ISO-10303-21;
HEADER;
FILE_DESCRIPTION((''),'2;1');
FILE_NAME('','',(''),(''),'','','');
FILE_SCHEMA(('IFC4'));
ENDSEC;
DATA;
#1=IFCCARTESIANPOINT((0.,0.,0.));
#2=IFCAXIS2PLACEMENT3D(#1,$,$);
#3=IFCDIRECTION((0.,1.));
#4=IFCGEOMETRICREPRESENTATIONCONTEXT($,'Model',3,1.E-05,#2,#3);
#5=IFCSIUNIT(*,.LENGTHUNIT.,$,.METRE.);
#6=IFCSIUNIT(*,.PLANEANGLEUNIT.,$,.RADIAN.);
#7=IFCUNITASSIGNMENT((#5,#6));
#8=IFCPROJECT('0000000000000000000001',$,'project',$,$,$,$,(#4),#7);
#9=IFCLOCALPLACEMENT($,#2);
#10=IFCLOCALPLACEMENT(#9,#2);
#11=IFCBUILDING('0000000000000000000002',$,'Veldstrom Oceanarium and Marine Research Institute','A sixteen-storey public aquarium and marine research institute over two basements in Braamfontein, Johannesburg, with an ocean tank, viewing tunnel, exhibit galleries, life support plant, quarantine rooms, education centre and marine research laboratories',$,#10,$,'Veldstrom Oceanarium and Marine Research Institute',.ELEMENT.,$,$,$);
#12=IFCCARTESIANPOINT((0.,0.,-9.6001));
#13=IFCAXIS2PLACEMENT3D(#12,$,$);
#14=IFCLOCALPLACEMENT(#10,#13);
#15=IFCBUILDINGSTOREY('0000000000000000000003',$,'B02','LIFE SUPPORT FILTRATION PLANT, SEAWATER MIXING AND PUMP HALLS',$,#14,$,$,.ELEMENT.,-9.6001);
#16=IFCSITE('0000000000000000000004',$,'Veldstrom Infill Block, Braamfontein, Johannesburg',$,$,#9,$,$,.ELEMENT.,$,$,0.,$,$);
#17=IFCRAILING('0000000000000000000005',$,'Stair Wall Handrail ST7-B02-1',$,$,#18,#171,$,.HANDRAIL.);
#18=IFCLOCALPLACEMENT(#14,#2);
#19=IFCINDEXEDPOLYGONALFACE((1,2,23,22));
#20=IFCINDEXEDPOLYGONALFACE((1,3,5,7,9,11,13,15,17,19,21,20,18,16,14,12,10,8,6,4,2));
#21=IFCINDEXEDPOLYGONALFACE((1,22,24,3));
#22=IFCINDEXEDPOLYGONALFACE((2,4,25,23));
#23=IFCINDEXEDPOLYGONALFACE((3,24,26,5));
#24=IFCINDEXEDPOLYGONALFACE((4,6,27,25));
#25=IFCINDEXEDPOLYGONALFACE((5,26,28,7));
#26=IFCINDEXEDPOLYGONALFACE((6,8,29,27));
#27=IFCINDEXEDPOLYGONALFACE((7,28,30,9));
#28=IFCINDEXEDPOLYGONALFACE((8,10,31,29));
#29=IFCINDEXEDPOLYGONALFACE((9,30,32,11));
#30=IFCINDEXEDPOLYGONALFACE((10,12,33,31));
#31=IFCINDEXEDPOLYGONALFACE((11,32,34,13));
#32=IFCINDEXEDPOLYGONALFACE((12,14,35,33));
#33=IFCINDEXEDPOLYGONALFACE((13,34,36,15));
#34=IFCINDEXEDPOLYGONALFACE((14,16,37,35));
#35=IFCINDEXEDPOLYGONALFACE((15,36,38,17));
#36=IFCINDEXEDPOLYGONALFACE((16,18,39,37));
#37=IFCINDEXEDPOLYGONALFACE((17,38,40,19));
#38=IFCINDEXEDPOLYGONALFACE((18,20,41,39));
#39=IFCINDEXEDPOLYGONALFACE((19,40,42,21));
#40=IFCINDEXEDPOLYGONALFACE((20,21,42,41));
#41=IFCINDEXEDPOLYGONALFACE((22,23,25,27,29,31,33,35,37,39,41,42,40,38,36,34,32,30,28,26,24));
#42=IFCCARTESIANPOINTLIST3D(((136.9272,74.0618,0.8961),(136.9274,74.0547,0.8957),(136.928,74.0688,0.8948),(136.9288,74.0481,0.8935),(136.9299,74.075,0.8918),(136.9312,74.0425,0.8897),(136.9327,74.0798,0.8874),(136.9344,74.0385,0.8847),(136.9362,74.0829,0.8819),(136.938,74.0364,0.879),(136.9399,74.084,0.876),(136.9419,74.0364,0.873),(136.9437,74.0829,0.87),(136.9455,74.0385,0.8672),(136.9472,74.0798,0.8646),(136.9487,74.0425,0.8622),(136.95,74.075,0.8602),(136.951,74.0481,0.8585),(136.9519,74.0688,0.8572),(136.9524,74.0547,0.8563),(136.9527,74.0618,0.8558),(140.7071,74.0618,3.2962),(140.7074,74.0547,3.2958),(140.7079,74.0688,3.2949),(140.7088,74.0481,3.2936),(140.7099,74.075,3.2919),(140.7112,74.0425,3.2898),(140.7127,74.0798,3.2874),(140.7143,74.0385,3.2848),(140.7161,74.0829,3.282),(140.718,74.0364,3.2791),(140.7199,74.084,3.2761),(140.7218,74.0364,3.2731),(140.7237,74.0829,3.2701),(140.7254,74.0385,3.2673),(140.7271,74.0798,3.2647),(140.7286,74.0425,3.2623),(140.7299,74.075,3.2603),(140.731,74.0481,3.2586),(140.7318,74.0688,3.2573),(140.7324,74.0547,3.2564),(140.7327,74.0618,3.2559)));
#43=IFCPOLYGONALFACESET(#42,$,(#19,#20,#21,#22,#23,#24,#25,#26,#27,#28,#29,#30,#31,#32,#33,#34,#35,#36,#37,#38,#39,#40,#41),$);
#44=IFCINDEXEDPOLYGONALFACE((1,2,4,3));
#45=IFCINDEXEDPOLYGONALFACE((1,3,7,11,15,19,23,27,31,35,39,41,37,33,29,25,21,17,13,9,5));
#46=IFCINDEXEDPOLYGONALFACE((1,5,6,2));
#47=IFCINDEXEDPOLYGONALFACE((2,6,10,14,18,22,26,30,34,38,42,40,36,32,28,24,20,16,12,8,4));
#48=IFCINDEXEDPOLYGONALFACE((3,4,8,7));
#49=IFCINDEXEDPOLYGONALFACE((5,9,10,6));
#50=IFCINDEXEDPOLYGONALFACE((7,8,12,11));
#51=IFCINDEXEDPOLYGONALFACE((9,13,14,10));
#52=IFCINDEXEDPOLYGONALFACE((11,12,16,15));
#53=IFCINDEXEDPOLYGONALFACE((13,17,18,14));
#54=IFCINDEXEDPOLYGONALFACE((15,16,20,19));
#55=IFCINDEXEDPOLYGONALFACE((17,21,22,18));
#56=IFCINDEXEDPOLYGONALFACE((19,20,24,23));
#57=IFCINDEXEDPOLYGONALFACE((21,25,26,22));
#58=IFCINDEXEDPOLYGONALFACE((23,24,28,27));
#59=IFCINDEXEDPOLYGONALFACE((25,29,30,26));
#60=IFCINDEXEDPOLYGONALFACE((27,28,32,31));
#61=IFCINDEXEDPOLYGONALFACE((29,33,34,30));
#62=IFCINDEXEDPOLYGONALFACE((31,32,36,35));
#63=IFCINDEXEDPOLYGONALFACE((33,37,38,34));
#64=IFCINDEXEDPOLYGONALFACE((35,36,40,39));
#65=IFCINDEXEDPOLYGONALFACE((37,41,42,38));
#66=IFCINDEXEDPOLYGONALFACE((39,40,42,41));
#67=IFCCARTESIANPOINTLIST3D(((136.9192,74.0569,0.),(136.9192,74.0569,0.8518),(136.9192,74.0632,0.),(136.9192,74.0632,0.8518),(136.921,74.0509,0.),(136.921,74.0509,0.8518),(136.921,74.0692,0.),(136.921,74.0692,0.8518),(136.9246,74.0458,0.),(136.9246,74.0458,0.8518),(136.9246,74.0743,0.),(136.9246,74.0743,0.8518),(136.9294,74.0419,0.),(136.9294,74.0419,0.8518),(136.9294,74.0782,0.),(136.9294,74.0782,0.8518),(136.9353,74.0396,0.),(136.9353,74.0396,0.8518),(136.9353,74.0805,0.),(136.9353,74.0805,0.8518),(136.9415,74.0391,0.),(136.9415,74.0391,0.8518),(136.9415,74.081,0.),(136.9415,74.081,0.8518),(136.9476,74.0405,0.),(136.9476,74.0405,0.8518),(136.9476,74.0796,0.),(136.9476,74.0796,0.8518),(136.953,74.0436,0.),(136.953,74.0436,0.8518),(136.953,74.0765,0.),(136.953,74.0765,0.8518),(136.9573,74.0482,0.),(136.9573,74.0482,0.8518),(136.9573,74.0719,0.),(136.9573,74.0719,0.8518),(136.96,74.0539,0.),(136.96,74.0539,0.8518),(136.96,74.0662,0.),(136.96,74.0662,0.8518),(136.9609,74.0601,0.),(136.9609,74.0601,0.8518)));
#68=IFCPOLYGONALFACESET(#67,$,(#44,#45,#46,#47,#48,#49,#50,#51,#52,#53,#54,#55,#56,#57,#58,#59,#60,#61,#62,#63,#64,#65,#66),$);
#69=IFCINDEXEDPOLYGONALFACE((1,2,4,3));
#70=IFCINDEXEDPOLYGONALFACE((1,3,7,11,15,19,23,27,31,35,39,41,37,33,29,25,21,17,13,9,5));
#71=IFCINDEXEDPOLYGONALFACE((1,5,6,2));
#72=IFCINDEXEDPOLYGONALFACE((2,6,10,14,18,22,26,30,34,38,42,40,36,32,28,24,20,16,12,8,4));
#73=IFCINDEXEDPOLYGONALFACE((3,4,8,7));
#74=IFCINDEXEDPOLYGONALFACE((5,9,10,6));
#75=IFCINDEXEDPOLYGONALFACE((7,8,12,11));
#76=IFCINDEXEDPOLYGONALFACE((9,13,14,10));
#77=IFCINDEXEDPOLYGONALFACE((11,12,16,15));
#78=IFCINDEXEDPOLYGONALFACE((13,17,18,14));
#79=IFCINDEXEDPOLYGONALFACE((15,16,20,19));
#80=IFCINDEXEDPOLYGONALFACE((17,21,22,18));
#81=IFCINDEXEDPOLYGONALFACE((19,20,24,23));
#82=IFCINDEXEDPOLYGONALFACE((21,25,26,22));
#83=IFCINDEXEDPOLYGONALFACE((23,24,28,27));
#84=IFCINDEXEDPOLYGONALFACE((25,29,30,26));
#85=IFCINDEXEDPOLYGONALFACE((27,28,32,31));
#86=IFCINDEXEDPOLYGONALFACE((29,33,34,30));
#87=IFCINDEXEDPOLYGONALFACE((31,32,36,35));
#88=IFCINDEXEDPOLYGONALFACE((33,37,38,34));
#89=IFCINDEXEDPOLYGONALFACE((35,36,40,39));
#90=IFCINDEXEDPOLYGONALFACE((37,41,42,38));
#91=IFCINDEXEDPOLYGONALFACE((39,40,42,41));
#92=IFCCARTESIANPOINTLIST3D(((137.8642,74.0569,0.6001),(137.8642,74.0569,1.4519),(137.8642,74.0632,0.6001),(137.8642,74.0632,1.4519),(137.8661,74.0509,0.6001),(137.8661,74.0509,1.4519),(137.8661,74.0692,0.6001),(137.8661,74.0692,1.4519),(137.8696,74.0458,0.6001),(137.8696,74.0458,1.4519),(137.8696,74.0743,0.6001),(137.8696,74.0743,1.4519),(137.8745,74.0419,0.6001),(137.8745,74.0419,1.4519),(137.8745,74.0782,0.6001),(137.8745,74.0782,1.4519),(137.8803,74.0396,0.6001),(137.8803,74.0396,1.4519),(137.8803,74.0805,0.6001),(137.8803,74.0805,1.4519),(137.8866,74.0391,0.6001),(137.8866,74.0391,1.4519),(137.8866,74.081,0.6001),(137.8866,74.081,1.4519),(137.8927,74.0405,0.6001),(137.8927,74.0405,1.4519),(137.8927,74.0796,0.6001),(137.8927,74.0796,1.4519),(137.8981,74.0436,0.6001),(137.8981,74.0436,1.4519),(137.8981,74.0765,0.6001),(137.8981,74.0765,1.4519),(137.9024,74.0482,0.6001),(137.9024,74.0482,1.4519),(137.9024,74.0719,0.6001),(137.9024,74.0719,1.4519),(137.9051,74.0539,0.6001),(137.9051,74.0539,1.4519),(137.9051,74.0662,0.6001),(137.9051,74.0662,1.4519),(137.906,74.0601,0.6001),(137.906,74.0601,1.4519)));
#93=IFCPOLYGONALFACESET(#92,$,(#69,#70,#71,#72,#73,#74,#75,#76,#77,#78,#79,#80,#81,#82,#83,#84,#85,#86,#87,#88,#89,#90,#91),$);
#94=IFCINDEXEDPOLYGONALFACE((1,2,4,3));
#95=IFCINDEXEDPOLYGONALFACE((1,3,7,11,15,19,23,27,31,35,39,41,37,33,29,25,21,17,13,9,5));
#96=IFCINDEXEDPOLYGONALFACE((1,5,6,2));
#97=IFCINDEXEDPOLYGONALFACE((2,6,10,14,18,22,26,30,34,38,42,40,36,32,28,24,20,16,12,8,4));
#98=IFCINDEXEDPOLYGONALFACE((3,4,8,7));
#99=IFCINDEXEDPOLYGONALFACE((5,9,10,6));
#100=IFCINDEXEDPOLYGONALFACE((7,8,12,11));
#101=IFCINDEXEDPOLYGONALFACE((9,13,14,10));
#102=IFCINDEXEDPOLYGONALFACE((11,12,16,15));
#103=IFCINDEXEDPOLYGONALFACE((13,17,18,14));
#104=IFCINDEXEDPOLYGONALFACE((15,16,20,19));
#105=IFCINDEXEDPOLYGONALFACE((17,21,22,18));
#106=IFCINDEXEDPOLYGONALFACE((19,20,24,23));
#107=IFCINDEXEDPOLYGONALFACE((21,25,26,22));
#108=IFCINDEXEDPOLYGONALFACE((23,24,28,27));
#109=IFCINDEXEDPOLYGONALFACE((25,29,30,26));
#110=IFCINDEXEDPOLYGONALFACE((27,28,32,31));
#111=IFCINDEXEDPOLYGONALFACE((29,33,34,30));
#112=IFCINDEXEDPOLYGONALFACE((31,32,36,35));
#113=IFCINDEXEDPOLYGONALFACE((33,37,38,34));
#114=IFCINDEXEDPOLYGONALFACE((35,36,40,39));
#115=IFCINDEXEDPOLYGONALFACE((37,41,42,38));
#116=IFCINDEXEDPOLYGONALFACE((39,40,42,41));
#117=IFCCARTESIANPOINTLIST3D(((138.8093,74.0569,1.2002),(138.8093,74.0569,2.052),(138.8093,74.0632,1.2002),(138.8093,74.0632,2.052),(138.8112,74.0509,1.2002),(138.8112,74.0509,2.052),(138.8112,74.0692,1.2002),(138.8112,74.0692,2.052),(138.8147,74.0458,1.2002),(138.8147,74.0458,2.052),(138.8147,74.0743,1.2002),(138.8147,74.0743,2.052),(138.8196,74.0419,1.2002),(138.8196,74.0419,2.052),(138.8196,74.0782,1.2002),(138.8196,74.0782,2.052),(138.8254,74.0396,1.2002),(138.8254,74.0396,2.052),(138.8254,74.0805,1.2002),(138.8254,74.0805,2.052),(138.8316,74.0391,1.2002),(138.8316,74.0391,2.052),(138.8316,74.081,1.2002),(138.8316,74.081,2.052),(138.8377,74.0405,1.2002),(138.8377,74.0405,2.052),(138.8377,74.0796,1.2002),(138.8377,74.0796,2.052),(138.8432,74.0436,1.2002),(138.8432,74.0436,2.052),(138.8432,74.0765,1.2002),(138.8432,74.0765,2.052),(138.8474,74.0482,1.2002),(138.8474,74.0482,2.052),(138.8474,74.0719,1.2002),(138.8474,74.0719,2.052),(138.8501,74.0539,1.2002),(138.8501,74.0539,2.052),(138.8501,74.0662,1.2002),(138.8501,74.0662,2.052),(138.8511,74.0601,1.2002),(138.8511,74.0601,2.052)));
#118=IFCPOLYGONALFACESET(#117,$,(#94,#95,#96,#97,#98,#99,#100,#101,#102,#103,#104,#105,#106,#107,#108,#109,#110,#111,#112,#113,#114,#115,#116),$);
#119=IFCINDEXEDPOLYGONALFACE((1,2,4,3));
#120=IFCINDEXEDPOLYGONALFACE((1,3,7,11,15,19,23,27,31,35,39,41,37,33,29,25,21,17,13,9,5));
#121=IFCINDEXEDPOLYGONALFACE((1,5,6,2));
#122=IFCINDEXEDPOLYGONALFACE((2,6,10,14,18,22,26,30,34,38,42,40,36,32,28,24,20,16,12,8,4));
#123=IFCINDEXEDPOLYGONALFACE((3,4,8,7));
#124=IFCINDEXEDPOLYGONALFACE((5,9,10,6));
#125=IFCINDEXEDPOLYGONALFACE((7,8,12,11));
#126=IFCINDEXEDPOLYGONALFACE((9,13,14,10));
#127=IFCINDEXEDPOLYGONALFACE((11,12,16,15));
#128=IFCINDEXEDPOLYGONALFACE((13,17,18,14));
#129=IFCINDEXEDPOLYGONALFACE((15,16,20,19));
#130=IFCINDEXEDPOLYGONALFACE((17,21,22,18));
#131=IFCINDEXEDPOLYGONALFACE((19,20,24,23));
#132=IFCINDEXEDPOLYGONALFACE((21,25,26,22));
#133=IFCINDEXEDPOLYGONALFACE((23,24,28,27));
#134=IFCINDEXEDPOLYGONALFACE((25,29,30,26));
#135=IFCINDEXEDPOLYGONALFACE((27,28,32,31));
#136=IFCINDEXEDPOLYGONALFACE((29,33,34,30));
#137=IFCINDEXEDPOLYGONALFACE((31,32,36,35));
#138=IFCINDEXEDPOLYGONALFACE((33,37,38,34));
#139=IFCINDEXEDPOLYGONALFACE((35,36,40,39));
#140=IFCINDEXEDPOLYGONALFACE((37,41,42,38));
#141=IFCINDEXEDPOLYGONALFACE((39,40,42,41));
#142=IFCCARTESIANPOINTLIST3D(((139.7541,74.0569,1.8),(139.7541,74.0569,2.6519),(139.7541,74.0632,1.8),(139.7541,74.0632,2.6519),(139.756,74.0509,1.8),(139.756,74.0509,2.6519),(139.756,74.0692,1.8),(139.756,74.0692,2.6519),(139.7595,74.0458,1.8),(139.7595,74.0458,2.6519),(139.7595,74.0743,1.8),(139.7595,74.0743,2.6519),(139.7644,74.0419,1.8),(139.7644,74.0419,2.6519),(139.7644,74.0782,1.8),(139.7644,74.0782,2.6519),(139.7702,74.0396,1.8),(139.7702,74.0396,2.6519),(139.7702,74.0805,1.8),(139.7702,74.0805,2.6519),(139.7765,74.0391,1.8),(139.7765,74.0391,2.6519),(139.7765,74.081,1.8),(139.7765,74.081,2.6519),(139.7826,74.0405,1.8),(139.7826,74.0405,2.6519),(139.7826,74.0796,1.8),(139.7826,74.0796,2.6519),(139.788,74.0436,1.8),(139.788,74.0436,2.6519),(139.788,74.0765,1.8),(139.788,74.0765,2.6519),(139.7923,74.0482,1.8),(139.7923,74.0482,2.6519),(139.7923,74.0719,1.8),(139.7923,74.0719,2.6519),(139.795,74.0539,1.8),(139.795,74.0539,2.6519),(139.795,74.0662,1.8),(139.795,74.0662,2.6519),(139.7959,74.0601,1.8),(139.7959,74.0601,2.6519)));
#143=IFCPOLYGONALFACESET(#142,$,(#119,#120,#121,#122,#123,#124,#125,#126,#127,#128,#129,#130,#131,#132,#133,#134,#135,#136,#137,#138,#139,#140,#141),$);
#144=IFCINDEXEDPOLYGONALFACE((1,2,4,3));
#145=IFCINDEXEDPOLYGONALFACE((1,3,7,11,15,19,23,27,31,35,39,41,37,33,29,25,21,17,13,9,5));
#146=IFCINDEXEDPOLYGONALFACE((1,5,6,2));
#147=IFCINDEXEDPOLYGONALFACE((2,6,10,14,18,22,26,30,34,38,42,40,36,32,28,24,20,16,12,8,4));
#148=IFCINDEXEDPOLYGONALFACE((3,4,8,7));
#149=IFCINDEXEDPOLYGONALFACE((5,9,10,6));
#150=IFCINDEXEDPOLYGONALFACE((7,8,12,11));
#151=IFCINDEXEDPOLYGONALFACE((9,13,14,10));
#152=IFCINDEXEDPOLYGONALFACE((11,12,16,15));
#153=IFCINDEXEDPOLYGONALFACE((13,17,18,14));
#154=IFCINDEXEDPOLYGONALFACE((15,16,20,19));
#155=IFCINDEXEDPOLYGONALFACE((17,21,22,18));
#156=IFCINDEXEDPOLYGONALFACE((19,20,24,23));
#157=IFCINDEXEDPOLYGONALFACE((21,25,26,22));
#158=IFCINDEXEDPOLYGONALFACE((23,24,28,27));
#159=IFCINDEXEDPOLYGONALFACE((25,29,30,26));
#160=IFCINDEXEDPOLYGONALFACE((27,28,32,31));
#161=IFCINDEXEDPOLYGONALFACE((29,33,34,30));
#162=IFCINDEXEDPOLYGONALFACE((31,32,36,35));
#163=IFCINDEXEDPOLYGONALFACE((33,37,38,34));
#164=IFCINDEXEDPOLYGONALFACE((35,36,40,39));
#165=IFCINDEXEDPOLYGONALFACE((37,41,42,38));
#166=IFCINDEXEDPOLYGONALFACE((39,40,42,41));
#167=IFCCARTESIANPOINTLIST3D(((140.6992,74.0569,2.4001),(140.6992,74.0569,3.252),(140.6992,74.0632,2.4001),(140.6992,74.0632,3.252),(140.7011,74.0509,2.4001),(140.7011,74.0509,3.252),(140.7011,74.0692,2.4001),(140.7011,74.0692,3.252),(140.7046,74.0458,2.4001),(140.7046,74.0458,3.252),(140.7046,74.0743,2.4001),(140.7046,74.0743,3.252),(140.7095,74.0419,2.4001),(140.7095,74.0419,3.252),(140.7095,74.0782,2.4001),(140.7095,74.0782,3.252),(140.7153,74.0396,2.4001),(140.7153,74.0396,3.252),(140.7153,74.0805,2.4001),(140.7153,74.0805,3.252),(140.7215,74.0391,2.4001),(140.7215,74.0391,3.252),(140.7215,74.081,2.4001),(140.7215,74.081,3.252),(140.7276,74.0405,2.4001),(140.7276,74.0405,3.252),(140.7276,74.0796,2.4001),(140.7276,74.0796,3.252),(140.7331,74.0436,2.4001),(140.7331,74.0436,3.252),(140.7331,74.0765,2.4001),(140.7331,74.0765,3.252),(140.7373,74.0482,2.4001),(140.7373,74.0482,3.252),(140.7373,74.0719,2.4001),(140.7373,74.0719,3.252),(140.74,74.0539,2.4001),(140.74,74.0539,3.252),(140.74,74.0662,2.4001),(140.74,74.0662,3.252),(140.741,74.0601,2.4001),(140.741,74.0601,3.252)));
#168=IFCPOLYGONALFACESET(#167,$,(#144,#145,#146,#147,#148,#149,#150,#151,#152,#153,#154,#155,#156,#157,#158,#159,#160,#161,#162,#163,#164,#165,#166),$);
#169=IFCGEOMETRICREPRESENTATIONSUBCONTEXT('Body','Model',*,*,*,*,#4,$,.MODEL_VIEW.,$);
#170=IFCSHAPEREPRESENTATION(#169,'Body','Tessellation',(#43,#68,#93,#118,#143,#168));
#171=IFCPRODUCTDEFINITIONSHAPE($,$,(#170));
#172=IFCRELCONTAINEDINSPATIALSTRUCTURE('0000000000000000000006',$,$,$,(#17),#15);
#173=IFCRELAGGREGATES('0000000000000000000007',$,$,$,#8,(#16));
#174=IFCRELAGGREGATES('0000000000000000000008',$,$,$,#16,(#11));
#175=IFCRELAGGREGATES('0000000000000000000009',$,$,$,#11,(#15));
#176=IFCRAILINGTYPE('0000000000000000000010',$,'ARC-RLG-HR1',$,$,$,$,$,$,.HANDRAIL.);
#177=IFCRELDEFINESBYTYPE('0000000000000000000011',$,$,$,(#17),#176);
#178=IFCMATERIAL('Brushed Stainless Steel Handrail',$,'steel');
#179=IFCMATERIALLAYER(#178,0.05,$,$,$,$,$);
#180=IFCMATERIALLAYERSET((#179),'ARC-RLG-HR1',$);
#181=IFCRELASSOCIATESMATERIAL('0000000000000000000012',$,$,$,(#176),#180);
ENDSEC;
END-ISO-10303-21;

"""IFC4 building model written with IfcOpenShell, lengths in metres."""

from ifc_helpers import new_model, si_unit, direction, frame, origin, origin_2d, place, context, subcontext, project, spatial, circle, extrude, material, layer, layer_set, type_object, element, save


model = new_model("IFC4")

# Units and contexts
model_context = context("Model", 3, precision=1e-05, world=origin(), true_north=direction((0.0, 1.0)))
body_context = subcontext(model_context, "Body", "Model", "MODEL_VIEW")
ifc_project = project(units=[si_unit("LENGTHUNIT", "METRE"), si_unit("PLANEANGLEUNIT", "RADIAN")], contexts=[model_context])

# Site, building, storey
site_placement = place(None, origin())
site = spatial("IfcSite", under=ifc_project, at=site_placement, Name="Veldstrom Infill Block, Braamfontein, Johannesburg", CompositionType="ELEMENT", RefElevation=0.0)
building_placement = place(site_placement, origin())
building = spatial("IfcBuilding", under=site, at=building_placement, Name="Veldstrom Oceanarium and Marine Research Institute", Description="A sixteen-storey public aquarium and marine research institute over two basements in Braamfontein, Johannesburg, with an ocean tank, viewing tunnel, exhibit galleries, life support plant, quarantine rooms, education centre and marine research laboratories", LongName="Veldstrom Oceanarium and Marine Research Institute", CompositionType="ELEMENT")
storey_placement = place(building_placement, frame((0.0, 0.0, -9.6001)))
storey = spatial("IfcBuildingStorey", under=building, at=storey_placement, Name="B02", Description="LIFE SUPPORT FILTRATION PLANT, SEAWATER MIXING AND PUMP HALLS", CompositionType="ELEMENT", Elevation=-9.6001)

# Railing
ifc_material_1 = material(Name="Brushed Stainless Steel Handrail", Category="steel")
ifc_layer_1 = layer(ifc_material_1, 0.05)
ifc_layer_set_1 = layer_set([ifc_layer_1], Name="ARC-RLG-HR1")
railing_type_1 = type_object("IfcRailingType", Name="ARC-RLG-HR1", PredefinedType="HANDRAIL", material=ifc_layer_set_1)
railing_1_placement = place(storey_placement, frame((136.9399, 74.0601, 0.0)))
element("IfcRailing", 1, at=railing_1_placement, inside=storey, type_object=railing_type_1, Name="Stair Wall Handrail ST7-B02-1", PredefinedType="HANDRAIL", context=body_context, shape_type="SweptSolid", body=[
    extrude(circle(Radius=0.0239, at=origin_2d()), frame((0.0, 0.0, 0.876), z_axis=(0.8442, 0.0, 0.536028), x_axis=(0.0, 1.0, 0.0)), (0.0, 0.0, 1.0), 4.4775),
    extrude(circle(Radius=0.021, at=origin_2d()), origin(), (0.0, 0.0, 1.0), 0.8518),
    extrude(circle(Radius=0.021, at=origin_2d()), frame((0.9451, 0.0, 0.6001)), (0.0, 0.0, 1.0), 0.8518),
    extrude(circle(Radius=0.021, at=origin_2d()), frame((1.8901, 0.0, 1.2002)), (0.0, 0.0, 1.0), 0.8518),
    extrude(circle(Radius=0.021, at=origin_2d()), frame((2.835, 0.0, 1.8)), (0.0, 0.0, 1.0), 0.8518),
    extrude(circle(Radius=0.021, at=origin_2d()), frame((3.78, 0.0, 2.4001)), (0.0, 0.0, 1.0), 0.8518),
])

save(model, "model.ifc")
